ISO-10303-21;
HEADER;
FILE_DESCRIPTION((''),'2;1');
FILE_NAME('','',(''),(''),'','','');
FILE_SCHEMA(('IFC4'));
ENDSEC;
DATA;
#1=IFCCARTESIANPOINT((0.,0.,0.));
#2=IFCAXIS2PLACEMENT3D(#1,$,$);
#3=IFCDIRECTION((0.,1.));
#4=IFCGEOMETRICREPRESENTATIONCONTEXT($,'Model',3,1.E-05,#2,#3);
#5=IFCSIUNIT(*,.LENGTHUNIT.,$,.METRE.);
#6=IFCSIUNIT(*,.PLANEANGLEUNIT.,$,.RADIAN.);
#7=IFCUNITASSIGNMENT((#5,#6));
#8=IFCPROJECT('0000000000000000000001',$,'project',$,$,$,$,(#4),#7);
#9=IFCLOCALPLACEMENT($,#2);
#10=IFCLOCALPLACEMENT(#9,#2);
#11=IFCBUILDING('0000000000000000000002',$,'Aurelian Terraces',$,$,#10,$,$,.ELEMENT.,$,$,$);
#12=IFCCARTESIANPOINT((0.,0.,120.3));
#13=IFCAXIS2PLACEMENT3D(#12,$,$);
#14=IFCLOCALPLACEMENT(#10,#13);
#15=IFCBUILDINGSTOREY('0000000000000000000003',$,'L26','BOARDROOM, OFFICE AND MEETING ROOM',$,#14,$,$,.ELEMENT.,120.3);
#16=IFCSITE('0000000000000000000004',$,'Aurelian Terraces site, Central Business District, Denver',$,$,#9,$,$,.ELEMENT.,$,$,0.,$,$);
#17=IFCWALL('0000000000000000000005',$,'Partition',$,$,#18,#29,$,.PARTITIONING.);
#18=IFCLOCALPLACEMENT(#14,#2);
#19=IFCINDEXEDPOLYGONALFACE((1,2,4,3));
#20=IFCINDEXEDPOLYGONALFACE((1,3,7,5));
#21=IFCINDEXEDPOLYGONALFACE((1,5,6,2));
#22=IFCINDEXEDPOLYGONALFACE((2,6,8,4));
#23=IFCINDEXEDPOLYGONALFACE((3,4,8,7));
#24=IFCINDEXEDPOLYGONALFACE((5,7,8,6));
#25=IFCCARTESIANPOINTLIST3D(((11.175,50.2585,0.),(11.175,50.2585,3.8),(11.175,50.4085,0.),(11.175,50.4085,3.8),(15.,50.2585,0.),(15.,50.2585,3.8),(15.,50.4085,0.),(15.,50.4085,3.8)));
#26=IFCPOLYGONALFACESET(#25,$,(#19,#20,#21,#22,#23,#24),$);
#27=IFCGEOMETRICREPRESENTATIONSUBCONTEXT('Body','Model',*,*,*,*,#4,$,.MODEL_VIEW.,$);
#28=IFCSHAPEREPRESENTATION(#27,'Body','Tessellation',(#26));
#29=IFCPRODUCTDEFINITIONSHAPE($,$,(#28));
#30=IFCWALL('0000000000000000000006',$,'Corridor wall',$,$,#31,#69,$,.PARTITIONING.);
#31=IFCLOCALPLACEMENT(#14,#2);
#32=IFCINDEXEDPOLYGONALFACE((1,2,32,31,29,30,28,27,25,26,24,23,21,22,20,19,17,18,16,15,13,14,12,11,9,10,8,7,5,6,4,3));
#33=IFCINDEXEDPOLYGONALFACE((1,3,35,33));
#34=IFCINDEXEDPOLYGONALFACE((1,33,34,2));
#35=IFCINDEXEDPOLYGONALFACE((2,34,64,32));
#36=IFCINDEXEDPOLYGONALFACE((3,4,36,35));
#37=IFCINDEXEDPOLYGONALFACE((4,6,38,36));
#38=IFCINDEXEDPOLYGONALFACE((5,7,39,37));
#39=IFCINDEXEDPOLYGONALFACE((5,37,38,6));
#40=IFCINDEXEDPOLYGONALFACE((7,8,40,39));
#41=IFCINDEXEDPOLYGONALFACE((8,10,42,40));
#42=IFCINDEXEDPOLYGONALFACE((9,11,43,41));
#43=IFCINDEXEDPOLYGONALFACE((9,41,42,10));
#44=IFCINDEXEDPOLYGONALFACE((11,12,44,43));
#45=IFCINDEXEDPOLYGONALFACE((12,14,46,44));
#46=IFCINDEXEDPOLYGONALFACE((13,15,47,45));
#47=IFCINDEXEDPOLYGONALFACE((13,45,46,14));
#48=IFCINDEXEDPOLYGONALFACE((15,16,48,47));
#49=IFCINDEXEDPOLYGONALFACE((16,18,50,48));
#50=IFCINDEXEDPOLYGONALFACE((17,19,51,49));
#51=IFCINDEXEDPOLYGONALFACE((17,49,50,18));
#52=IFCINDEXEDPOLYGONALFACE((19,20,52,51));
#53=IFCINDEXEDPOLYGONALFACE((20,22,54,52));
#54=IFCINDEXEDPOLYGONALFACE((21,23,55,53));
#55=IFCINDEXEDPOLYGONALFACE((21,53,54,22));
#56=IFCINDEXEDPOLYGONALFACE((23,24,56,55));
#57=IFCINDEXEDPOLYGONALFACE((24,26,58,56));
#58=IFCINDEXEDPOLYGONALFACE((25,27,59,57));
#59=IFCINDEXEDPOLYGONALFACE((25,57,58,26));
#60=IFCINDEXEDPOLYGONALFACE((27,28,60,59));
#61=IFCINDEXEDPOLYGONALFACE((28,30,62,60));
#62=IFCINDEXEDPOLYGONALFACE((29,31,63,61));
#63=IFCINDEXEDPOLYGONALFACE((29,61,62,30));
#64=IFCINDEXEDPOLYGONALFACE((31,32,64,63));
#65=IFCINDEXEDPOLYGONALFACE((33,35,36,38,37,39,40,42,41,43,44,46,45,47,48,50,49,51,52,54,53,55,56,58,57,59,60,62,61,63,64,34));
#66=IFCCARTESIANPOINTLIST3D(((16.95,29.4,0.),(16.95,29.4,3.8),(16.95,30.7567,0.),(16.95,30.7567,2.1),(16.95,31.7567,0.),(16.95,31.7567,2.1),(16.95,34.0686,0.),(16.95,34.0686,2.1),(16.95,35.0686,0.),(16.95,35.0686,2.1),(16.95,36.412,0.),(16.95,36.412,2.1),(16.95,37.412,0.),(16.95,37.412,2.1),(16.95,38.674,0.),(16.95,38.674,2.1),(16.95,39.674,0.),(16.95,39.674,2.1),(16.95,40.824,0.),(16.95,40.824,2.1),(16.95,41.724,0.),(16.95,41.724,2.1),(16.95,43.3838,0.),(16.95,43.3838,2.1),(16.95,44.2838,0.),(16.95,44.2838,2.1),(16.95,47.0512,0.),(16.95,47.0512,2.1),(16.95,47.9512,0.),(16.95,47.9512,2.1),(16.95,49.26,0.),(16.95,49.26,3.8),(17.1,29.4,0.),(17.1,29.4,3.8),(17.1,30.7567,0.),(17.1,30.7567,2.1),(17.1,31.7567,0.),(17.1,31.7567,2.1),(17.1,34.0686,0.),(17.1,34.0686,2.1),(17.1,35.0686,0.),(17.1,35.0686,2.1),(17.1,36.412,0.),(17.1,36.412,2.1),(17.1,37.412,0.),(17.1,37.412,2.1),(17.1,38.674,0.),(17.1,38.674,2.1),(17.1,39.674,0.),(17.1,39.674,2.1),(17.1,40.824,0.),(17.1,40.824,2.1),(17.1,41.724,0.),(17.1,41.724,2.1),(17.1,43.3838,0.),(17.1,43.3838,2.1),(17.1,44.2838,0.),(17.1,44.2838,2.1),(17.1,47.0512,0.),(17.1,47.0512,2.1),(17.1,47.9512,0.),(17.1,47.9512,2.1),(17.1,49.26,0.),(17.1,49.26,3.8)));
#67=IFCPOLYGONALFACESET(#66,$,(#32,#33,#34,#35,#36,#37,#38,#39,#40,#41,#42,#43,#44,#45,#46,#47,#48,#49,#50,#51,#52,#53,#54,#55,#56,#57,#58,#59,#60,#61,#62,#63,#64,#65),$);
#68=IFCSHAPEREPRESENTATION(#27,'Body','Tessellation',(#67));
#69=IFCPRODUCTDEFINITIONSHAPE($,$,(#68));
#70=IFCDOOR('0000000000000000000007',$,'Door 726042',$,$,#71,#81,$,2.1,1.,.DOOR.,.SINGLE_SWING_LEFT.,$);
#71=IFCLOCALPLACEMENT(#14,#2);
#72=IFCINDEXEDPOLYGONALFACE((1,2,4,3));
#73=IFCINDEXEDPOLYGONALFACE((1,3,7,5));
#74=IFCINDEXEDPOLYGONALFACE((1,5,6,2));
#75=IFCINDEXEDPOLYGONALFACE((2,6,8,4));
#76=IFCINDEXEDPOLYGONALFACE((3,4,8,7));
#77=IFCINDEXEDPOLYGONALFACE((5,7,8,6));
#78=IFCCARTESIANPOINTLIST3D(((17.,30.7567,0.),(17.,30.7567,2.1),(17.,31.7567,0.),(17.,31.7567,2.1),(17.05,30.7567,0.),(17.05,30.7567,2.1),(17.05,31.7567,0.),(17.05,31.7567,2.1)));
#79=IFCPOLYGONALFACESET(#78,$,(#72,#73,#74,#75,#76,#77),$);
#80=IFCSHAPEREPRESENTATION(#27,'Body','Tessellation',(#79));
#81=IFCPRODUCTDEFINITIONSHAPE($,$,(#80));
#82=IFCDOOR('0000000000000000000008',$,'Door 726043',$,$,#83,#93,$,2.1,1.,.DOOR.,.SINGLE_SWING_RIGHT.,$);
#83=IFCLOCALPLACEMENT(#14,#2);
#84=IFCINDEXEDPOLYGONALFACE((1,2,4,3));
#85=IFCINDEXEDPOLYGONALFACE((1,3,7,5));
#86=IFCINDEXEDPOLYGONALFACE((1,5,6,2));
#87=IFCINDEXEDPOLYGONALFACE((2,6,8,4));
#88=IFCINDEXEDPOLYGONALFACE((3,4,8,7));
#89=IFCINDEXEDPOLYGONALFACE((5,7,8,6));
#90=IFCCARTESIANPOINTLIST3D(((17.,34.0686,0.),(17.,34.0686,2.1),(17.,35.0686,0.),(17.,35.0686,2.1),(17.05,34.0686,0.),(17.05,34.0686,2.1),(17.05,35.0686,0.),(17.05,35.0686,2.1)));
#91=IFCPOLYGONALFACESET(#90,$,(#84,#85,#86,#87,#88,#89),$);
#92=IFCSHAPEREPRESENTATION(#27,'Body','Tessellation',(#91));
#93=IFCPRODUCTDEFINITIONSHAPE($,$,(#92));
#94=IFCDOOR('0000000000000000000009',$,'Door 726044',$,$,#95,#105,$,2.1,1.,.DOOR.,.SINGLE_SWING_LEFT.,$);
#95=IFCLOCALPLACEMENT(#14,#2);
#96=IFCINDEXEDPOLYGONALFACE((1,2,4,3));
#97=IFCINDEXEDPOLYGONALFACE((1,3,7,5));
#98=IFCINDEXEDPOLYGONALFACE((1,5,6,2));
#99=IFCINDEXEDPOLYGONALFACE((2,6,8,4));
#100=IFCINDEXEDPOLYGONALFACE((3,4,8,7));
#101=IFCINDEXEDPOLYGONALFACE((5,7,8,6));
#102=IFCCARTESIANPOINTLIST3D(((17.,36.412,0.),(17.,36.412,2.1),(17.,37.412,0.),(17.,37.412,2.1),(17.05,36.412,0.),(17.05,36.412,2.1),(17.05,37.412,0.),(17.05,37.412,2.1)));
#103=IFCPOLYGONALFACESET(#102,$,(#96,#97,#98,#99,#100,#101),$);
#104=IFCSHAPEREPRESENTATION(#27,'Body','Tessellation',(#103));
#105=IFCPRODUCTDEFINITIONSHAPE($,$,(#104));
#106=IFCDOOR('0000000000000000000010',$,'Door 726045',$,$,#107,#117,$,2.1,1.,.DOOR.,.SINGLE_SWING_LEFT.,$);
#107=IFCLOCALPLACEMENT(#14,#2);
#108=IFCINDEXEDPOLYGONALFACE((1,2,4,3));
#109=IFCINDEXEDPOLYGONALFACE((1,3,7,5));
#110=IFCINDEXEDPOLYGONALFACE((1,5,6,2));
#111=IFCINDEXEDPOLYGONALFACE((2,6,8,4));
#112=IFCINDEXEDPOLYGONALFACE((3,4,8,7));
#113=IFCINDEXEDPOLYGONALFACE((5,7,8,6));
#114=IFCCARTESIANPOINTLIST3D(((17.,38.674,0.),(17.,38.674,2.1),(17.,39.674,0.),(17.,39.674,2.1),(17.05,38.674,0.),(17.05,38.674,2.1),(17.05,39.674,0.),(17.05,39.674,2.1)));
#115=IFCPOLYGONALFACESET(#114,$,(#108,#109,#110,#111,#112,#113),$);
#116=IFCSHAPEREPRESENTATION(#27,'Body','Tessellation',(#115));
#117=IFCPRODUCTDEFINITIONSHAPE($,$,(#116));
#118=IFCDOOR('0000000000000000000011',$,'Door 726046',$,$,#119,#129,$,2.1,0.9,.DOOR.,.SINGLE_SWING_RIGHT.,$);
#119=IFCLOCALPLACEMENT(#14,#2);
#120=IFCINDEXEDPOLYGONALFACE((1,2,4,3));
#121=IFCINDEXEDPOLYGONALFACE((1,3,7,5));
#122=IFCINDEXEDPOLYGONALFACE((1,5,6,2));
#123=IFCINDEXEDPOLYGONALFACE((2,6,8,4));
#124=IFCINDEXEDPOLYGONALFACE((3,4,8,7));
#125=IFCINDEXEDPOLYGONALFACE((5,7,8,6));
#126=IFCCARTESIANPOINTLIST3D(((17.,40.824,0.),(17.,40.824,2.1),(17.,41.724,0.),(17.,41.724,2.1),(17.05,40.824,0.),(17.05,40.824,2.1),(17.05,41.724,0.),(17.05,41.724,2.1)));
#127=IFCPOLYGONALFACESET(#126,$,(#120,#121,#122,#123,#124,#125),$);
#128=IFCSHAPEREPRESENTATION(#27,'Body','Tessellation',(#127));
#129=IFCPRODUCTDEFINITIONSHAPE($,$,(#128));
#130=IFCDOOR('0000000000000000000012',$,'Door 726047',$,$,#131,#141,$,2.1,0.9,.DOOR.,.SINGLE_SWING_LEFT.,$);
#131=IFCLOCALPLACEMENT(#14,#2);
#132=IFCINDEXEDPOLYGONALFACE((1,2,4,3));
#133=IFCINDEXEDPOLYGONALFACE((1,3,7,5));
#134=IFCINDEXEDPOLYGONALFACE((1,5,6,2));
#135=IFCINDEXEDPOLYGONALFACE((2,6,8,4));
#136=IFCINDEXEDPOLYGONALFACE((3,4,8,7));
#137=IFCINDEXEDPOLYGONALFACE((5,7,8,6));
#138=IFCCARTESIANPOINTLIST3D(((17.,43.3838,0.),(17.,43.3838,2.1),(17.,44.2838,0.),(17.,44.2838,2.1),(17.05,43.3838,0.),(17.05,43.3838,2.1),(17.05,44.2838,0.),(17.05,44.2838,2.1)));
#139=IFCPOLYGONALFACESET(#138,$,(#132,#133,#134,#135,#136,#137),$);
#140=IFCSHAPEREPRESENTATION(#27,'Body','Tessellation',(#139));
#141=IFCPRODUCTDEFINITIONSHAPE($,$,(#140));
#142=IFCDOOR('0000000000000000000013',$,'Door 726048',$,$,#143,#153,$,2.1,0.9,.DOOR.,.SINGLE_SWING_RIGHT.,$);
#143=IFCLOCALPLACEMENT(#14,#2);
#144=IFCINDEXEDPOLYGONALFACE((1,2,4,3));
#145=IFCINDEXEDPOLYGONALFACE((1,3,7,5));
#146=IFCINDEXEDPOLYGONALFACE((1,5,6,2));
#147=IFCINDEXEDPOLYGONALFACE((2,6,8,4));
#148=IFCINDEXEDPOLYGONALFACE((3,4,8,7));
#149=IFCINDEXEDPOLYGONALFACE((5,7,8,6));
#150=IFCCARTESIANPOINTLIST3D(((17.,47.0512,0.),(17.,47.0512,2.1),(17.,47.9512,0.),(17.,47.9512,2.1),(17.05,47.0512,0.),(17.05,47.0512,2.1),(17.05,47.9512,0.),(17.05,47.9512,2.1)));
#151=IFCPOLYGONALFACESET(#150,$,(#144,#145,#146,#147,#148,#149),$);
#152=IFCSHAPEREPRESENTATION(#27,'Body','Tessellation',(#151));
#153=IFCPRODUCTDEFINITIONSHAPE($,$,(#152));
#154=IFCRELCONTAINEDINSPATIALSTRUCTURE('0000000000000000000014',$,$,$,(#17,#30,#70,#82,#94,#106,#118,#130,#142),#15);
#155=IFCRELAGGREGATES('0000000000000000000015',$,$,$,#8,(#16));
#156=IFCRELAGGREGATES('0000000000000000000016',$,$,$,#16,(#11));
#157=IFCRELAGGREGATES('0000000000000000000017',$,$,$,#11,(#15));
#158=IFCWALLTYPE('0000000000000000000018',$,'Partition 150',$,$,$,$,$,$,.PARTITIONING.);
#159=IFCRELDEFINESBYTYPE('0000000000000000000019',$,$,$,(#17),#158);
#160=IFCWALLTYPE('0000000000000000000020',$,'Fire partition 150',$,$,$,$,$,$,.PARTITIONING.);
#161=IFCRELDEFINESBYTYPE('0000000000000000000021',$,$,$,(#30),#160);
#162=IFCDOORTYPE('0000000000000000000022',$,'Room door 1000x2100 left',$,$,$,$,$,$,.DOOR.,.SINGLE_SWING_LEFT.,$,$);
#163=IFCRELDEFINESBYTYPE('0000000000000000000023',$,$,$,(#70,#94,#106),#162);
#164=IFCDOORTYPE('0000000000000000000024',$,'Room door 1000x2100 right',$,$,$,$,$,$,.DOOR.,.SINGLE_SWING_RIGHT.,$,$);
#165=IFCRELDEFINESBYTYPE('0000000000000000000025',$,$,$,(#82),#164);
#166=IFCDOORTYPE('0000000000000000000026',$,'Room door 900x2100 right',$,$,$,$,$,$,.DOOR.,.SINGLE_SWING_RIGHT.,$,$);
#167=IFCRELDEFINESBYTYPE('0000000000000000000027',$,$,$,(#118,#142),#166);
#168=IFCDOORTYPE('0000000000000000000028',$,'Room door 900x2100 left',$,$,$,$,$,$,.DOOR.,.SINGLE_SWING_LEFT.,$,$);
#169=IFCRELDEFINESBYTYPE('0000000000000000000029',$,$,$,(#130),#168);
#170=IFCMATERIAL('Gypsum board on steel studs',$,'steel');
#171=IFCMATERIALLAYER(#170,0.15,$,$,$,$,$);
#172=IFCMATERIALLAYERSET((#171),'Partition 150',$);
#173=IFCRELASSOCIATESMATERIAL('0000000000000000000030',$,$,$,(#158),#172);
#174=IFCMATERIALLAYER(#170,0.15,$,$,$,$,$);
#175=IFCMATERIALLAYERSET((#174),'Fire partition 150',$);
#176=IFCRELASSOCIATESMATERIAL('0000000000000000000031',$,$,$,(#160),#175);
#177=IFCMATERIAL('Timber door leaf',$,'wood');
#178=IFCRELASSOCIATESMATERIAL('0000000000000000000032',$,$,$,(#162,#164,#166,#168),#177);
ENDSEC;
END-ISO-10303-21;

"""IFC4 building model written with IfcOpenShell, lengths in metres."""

from ifc_helpers import new_model, si_unit, direction, frame, frame_2d, origin, place, context, subcontext, project, spatial, rectangle, extrude, source, transform, mapped, material, layer, layer_set, type_object, element, fill, save


model = new_model("IFC4")

# Units and contexts
model_context = context("Model", 3, precision=1e-05, world=origin(), true_north=direction((0.0, 1.0)))
body_context = subcontext(model_context, "Body", "Model", "MODEL_VIEW")
ifc_project = project(units=[si_unit("LENGTHUNIT", "METRE"), si_unit("PLANEANGLEUNIT", "RADIAN")], contexts=[model_context])

# Site, building, storey
site_placement = place(None, origin())
site = spatial("IfcSite", under=ifc_project, at=site_placement, Name="Aurelian Terraces site, Central Business District, Denver", CompositionType="ELEMENT", RefElevation=0.0)
building_placement = place(site_placement, origin())
building = spatial("IfcBuilding", under=site, at=building_placement, Name="Aurelian Terraces", CompositionType="ELEMENT")
storey_placement = place(building_placement, frame((0.0, 0.0, 120.3)))
storey = spatial("IfcBuildingStorey", under=building, at=storey_placement, Name="L26", Description="BOARDROOM, OFFICE AND MEETING ROOM", CompositionType="ELEMENT", Elevation=120.3)

# Wall
ifc_material_1 = material(Name="Gypsum board on steel studs", Category="steel")
ifc_layer_1 = layer(ifc_material_1, 0.15)
ifc_layer_set_1 = layer_set([ifc_layer_1], Name="Partition 150")
wall_type_1 = type_object("IfcWallType", Name="Partition 150", PredefinedType="PARTITIONING", material=ifc_layer_set_1)
shared_shape_1 = source(origin(), body_context, "Body", "SweptSolid", [
    extrude(rectangle(XDim=3.825, YDim=0.15, at=frame_2d((1.9125, 0.0))), origin(), (0.0, 0.0, 1.0), 3.8),
])
wall_1_placement = place(storey_placement, frame((15.0, 50.3335, 0.0), z_axis=(0.0, 0.0, 1.0), x_axis=(-1.0, 0.0, 0.0)))
element("IfcWall", 1, at=wall_1_placement, inside=storey, type_object=wall_type_1, Name="Partition", PredefinedType="PARTITIONING", context=body_context, shape_type="MappedRepresentation", body=[
    mapped(shared_shape_1, transform((0.0, 0.0, 0.0), scale=1.0)),
])

# Wall, openings, doors
ifc_layer_2 = layer(ifc_material_1, 0.15)
ifc_layer_set_2 = layer_set([ifc_layer_2], Name="Fire partition 150")
wall_type_2 = type_object("IfcWallType", Name="Fire partition 150", PredefinedType="PARTITIONING", material=ifc_layer_set_2)
shared_shape_2 = source(origin(), body_context, "Body", "SweptSolid", [
    extrude(rectangle(XDim=19.86, YDim=0.15, at=frame_2d((9.93, 0.0))), origin(), (0.0, 0.0, 1.0), 3.8),
])
wall_2_placement = place(storey_placement, frame((17.025, 49.26, 0.0), z_axis=(0.0, 0.0, 1.0), x_axis=(0.0, -1.0, 0.0)))
wall_2 = element("IfcWall", 2, at=wall_2_placement, inside=storey, type_object=wall_type_2, Name="Corridor wall", PredefinedType="PARTITIONING", context=body_context, shape_type="MappedRepresentation", body=[
    mapped(shared_shape_2, transform((0.0, 0.0, 0.0), scale=1.0)),
])
shared_shape_3 = source(origin(), body_context, "Body", "SweptSolid", [
    extrude(rectangle(XDim=1.0, YDim=2.1, at=frame_2d((0.5, 1.05))), frame((0.0, 0.085, 0.0), z_axis=(0.0, -1.0, 0.0), x_axis=(1.0, 0.0, 0.0)), (0.0, 0.0, 1.0), 0.17),
])
opening_1_placement = place(wall_2_placement, frame((17.5033, 0.0, 0.0)))
opening_1 = element("IfcOpeningElement", 3, at=opening_1_placement, cuts=wall_2, PredefinedType="OPENING", context=body_context, shape_type="MappedRepresentation", body=[
    mapped(shared_shape_3, transform((0.0, 0.0, 0.0), scale=1.0)),
])
opening_2_placement = place(wall_2_placement, frame((14.1914, 0.0, 0.0)))
opening_2 = element("IfcOpeningElement", 4, at=opening_2_placement, cuts=wall_2, PredefinedType="OPENING", context=body_context, shape_type="MappedRepresentation", body=[
    mapped(shared_shape_3, transform((0.0, 0.0, 0.0), scale=1.0)),
])
opening_3_placement = place(wall_2_placement, frame((11.848, 0.0, 0.0)))
opening_3 = element("IfcOpeningElement", 5, at=opening_3_placement, cuts=wall_2, PredefinedType="OPENING", context=body_context, shape_type="MappedRepresentation", body=[
    mapped(shared_shape_3, transform((0.0, 0.0, 0.0), scale=1.0)),
])
opening_4_placement = place(wall_2_placement, frame((9.586, 0.0, 0.0)))
opening_4 = element("IfcOpeningElement", 6, at=opening_4_placement, cuts=wall_2, PredefinedType="OPENING", context=body_context, shape_type="MappedRepresentation", body=[
    mapped(shared_shape_3, transform((0.0, 0.0, 0.0), scale=1.0)),
])
shared_shape_4 = source(origin(), body_context, "Body", "SweptSolid", [
    extrude(rectangle(XDim=0.9, YDim=2.1, at=frame_2d((0.45, 1.05))), frame((0.0, 0.085, 0.0), z_axis=(0.0, -1.0, 0.0), x_axis=(1.0, 0.0, 0.0)), (0.0, 0.0, 1.0), 0.17),
])
opening_5_placement = place(wall_2_placement, frame((7.536, 0.0, 0.0)))
opening_5 = element("IfcOpeningElement", 7, at=opening_5_placement, cuts=wall_2, PredefinedType="OPENING", context=body_context, shape_type="MappedRepresentation", body=[
    mapped(shared_shape_4, transform((0.0, 0.0, 0.0), scale=1.0)),
])
opening_6_placement = place(wall_2_placement, frame((4.9762, 0.0, 0.0)))
opening_6 = element("IfcOpeningElement", 8, at=opening_6_placement, cuts=wall_2, PredefinedType="OPENING", context=body_context, shape_type="MappedRepresentation", body=[
    mapped(shared_shape_4, transform((0.0, 0.0, 0.0), scale=1.0)),
])
opening_7_placement = place(wall_2_placement, frame((1.3088, 0.0, 0.0)))
opening_7 = element("IfcOpeningElement", 9, at=opening_7_placement, cuts=wall_2, PredefinedType="OPENING", context=body_context, shape_type="MappedRepresentation", body=[
    mapped(shared_shape_4, transform((0.0, 0.0, 0.0), scale=1.0)),
])
ifc_material_2 = material(Name="Timber door leaf", Category="wood")
door_type_1 = type_object("IfcDoorType", Name="Room door 1000x2100 left", OperationType="SINGLE_SWING_LEFT", PredefinedType="DOOR", material=ifc_material_2)
shared_shape_5 = source(origin(), body_context, "Body", "SweptSolid", [
    extrude(rectangle(XDim=1.0, YDim=2.1, at=frame_2d((0.5, 1.05))), frame((0.0, 0.025, 0.0), z_axis=(0.0, -1.0, 0.0), x_axis=(1.0, 0.0, 0.0)), (0.0, 0.0, 1.0), 0.05),
])
door_1_placement = place(opening_1_placement, origin())
door_1 = element("IfcDoor", 10, at=door_1_placement, inside=storey, type_object=door_type_1, Name="Door 726042", OperationType="SINGLE_SWING_LEFT", OverallHeight=2.1, OverallWidth=1.0, PredefinedType="DOOR", context=body_context, shape_type="MappedRepresentation", body=[
    mapped(shared_shape_5, transform((0.0, 0.0, 0.0), scale=1.0)),
])
fill(opening_1, door_1)
door_type_2 = type_object("IfcDoorType", Name="Room door 1000x2100 right", OperationType="SINGLE_SWING_RIGHT", PredefinedType="DOOR", material=ifc_material_2)
door_2_placement = place(opening_2_placement, origin())
door_2 = element("IfcDoor", 11, at=door_2_placement, inside=storey, type_object=door_type_2, Name="Door 726043", OperationType="SINGLE_SWING_RIGHT", OverallHeight=2.1, OverallWidth=1.0, PredefinedType="DOOR", context=body_context, shape_type="MappedRepresentation", body=[
    mapped(shared_shape_5, transform((0.0, 0.0, 0.0), scale=1.0)),
])
fill(opening_2, door_2)
door_3_placement = place(opening_3_placement, origin())
door_3 = element("IfcDoor", 12, at=door_3_placement, inside=storey, type_object=door_type_1, Name="Door 726044", OperationType="SINGLE_SWING_LEFT", OverallHeight=2.1, OverallWidth=1.0, PredefinedType="DOOR", context=body_context, shape_type="MappedRepresentation", body=[
    mapped(shared_shape_5, transform((0.0, 0.0, 0.0), scale=1.0)),
])
fill(opening_3, door_3)
door_4_placement = place(opening_4_placement, origin())
door_4 = element("IfcDoor", 13, at=door_4_placement, inside=storey, type_object=door_type_1, Name="Door 726045", OperationType="SINGLE_SWING_LEFT", OverallHeight=2.1, OverallWidth=1.0, PredefinedType="DOOR", context=body_context, shape_type="MappedRepresentation", body=[
    mapped(shared_shape_5, transform((0.0, 0.0, 0.0), scale=1.0)),
])
fill(opening_4, door_4)
door_type_3 = type_object("IfcDoorType", Name="Room door 900x2100 right", OperationType="SINGLE_SWING_RIGHT", PredefinedType="DOOR", material=ifc_material_2)
shared_shape_6 = source(origin(), body_context, "Body", "SweptSolid", [
    extrude(rectangle(XDim=0.9, YDim=2.1, at=frame_2d((0.45, 1.05))), frame((0.0, 0.025, 0.0), z_axis=(0.0, -1.0, 0.0), x_axis=(1.0, 0.0, 0.0)), (0.0, 0.0, 1.0), 0.05),
])
door_5_placement = place(opening_5_placement, origin())
door_5 = element("IfcDoor", 14, at=door_5_placement, inside=storey, type_object=door_type_3, Name="Door 726046", OperationType="SINGLE_SWING_RIGHT", OverallHeight=2.1, OverallWidth=0.9, PredefinedType="DOOR", context=body_context, shape_type="MappedRepresentation", body=[
    mapped(shared_shape_6, transform((0.0, 0.0, 0.0), scale=1.0)),
])
fill(opening_5, door_5)
door_type_4 = type_object("IfcDoorType", Name="Room door 900x2100 left", OperationType="SINGLE_SWING_LEFT", PredefinedType="DOOR", material=ifc_material_2)
door_6_placement = place(opening_6_placement, origin())
door_6 = element("IfcDoor", 15, at=door_6_placement, inside=storey, type_object=door_type_4, Name="Door 726047", OperationType="SINGLE_SWING_LEFT", OverallHeight=2.1, OverallWidth=0.9, PredefinedType="DOOR", context=body_context, shape_type="MappedRepresentation", body=[
    mapped(shared_shape_6, transform((0.0, 0.0, 0.0), scale=1.0)),
])
fill(opening_6, door_6)
door_7_placement = place(opening_7_placement, origin())
door_7 = element("IfcDoor", 16, at=door_7_placement, inside=storey, type_object=door_type_3, Name="Door 726048", OperationType="SINGLE_SWING_RIGHT", OverallHeight=2.1, OverallWidth=0.9, PredefinedType="DOOR", context=body_context, shape_type="MappedRepresentation", body=[
    mapped(shared_shape_6, transform((0.0, 0.0, 0.0), scale=1.0)),
])
fill(opening_7, door_7)

save(model, "model.ifc")
